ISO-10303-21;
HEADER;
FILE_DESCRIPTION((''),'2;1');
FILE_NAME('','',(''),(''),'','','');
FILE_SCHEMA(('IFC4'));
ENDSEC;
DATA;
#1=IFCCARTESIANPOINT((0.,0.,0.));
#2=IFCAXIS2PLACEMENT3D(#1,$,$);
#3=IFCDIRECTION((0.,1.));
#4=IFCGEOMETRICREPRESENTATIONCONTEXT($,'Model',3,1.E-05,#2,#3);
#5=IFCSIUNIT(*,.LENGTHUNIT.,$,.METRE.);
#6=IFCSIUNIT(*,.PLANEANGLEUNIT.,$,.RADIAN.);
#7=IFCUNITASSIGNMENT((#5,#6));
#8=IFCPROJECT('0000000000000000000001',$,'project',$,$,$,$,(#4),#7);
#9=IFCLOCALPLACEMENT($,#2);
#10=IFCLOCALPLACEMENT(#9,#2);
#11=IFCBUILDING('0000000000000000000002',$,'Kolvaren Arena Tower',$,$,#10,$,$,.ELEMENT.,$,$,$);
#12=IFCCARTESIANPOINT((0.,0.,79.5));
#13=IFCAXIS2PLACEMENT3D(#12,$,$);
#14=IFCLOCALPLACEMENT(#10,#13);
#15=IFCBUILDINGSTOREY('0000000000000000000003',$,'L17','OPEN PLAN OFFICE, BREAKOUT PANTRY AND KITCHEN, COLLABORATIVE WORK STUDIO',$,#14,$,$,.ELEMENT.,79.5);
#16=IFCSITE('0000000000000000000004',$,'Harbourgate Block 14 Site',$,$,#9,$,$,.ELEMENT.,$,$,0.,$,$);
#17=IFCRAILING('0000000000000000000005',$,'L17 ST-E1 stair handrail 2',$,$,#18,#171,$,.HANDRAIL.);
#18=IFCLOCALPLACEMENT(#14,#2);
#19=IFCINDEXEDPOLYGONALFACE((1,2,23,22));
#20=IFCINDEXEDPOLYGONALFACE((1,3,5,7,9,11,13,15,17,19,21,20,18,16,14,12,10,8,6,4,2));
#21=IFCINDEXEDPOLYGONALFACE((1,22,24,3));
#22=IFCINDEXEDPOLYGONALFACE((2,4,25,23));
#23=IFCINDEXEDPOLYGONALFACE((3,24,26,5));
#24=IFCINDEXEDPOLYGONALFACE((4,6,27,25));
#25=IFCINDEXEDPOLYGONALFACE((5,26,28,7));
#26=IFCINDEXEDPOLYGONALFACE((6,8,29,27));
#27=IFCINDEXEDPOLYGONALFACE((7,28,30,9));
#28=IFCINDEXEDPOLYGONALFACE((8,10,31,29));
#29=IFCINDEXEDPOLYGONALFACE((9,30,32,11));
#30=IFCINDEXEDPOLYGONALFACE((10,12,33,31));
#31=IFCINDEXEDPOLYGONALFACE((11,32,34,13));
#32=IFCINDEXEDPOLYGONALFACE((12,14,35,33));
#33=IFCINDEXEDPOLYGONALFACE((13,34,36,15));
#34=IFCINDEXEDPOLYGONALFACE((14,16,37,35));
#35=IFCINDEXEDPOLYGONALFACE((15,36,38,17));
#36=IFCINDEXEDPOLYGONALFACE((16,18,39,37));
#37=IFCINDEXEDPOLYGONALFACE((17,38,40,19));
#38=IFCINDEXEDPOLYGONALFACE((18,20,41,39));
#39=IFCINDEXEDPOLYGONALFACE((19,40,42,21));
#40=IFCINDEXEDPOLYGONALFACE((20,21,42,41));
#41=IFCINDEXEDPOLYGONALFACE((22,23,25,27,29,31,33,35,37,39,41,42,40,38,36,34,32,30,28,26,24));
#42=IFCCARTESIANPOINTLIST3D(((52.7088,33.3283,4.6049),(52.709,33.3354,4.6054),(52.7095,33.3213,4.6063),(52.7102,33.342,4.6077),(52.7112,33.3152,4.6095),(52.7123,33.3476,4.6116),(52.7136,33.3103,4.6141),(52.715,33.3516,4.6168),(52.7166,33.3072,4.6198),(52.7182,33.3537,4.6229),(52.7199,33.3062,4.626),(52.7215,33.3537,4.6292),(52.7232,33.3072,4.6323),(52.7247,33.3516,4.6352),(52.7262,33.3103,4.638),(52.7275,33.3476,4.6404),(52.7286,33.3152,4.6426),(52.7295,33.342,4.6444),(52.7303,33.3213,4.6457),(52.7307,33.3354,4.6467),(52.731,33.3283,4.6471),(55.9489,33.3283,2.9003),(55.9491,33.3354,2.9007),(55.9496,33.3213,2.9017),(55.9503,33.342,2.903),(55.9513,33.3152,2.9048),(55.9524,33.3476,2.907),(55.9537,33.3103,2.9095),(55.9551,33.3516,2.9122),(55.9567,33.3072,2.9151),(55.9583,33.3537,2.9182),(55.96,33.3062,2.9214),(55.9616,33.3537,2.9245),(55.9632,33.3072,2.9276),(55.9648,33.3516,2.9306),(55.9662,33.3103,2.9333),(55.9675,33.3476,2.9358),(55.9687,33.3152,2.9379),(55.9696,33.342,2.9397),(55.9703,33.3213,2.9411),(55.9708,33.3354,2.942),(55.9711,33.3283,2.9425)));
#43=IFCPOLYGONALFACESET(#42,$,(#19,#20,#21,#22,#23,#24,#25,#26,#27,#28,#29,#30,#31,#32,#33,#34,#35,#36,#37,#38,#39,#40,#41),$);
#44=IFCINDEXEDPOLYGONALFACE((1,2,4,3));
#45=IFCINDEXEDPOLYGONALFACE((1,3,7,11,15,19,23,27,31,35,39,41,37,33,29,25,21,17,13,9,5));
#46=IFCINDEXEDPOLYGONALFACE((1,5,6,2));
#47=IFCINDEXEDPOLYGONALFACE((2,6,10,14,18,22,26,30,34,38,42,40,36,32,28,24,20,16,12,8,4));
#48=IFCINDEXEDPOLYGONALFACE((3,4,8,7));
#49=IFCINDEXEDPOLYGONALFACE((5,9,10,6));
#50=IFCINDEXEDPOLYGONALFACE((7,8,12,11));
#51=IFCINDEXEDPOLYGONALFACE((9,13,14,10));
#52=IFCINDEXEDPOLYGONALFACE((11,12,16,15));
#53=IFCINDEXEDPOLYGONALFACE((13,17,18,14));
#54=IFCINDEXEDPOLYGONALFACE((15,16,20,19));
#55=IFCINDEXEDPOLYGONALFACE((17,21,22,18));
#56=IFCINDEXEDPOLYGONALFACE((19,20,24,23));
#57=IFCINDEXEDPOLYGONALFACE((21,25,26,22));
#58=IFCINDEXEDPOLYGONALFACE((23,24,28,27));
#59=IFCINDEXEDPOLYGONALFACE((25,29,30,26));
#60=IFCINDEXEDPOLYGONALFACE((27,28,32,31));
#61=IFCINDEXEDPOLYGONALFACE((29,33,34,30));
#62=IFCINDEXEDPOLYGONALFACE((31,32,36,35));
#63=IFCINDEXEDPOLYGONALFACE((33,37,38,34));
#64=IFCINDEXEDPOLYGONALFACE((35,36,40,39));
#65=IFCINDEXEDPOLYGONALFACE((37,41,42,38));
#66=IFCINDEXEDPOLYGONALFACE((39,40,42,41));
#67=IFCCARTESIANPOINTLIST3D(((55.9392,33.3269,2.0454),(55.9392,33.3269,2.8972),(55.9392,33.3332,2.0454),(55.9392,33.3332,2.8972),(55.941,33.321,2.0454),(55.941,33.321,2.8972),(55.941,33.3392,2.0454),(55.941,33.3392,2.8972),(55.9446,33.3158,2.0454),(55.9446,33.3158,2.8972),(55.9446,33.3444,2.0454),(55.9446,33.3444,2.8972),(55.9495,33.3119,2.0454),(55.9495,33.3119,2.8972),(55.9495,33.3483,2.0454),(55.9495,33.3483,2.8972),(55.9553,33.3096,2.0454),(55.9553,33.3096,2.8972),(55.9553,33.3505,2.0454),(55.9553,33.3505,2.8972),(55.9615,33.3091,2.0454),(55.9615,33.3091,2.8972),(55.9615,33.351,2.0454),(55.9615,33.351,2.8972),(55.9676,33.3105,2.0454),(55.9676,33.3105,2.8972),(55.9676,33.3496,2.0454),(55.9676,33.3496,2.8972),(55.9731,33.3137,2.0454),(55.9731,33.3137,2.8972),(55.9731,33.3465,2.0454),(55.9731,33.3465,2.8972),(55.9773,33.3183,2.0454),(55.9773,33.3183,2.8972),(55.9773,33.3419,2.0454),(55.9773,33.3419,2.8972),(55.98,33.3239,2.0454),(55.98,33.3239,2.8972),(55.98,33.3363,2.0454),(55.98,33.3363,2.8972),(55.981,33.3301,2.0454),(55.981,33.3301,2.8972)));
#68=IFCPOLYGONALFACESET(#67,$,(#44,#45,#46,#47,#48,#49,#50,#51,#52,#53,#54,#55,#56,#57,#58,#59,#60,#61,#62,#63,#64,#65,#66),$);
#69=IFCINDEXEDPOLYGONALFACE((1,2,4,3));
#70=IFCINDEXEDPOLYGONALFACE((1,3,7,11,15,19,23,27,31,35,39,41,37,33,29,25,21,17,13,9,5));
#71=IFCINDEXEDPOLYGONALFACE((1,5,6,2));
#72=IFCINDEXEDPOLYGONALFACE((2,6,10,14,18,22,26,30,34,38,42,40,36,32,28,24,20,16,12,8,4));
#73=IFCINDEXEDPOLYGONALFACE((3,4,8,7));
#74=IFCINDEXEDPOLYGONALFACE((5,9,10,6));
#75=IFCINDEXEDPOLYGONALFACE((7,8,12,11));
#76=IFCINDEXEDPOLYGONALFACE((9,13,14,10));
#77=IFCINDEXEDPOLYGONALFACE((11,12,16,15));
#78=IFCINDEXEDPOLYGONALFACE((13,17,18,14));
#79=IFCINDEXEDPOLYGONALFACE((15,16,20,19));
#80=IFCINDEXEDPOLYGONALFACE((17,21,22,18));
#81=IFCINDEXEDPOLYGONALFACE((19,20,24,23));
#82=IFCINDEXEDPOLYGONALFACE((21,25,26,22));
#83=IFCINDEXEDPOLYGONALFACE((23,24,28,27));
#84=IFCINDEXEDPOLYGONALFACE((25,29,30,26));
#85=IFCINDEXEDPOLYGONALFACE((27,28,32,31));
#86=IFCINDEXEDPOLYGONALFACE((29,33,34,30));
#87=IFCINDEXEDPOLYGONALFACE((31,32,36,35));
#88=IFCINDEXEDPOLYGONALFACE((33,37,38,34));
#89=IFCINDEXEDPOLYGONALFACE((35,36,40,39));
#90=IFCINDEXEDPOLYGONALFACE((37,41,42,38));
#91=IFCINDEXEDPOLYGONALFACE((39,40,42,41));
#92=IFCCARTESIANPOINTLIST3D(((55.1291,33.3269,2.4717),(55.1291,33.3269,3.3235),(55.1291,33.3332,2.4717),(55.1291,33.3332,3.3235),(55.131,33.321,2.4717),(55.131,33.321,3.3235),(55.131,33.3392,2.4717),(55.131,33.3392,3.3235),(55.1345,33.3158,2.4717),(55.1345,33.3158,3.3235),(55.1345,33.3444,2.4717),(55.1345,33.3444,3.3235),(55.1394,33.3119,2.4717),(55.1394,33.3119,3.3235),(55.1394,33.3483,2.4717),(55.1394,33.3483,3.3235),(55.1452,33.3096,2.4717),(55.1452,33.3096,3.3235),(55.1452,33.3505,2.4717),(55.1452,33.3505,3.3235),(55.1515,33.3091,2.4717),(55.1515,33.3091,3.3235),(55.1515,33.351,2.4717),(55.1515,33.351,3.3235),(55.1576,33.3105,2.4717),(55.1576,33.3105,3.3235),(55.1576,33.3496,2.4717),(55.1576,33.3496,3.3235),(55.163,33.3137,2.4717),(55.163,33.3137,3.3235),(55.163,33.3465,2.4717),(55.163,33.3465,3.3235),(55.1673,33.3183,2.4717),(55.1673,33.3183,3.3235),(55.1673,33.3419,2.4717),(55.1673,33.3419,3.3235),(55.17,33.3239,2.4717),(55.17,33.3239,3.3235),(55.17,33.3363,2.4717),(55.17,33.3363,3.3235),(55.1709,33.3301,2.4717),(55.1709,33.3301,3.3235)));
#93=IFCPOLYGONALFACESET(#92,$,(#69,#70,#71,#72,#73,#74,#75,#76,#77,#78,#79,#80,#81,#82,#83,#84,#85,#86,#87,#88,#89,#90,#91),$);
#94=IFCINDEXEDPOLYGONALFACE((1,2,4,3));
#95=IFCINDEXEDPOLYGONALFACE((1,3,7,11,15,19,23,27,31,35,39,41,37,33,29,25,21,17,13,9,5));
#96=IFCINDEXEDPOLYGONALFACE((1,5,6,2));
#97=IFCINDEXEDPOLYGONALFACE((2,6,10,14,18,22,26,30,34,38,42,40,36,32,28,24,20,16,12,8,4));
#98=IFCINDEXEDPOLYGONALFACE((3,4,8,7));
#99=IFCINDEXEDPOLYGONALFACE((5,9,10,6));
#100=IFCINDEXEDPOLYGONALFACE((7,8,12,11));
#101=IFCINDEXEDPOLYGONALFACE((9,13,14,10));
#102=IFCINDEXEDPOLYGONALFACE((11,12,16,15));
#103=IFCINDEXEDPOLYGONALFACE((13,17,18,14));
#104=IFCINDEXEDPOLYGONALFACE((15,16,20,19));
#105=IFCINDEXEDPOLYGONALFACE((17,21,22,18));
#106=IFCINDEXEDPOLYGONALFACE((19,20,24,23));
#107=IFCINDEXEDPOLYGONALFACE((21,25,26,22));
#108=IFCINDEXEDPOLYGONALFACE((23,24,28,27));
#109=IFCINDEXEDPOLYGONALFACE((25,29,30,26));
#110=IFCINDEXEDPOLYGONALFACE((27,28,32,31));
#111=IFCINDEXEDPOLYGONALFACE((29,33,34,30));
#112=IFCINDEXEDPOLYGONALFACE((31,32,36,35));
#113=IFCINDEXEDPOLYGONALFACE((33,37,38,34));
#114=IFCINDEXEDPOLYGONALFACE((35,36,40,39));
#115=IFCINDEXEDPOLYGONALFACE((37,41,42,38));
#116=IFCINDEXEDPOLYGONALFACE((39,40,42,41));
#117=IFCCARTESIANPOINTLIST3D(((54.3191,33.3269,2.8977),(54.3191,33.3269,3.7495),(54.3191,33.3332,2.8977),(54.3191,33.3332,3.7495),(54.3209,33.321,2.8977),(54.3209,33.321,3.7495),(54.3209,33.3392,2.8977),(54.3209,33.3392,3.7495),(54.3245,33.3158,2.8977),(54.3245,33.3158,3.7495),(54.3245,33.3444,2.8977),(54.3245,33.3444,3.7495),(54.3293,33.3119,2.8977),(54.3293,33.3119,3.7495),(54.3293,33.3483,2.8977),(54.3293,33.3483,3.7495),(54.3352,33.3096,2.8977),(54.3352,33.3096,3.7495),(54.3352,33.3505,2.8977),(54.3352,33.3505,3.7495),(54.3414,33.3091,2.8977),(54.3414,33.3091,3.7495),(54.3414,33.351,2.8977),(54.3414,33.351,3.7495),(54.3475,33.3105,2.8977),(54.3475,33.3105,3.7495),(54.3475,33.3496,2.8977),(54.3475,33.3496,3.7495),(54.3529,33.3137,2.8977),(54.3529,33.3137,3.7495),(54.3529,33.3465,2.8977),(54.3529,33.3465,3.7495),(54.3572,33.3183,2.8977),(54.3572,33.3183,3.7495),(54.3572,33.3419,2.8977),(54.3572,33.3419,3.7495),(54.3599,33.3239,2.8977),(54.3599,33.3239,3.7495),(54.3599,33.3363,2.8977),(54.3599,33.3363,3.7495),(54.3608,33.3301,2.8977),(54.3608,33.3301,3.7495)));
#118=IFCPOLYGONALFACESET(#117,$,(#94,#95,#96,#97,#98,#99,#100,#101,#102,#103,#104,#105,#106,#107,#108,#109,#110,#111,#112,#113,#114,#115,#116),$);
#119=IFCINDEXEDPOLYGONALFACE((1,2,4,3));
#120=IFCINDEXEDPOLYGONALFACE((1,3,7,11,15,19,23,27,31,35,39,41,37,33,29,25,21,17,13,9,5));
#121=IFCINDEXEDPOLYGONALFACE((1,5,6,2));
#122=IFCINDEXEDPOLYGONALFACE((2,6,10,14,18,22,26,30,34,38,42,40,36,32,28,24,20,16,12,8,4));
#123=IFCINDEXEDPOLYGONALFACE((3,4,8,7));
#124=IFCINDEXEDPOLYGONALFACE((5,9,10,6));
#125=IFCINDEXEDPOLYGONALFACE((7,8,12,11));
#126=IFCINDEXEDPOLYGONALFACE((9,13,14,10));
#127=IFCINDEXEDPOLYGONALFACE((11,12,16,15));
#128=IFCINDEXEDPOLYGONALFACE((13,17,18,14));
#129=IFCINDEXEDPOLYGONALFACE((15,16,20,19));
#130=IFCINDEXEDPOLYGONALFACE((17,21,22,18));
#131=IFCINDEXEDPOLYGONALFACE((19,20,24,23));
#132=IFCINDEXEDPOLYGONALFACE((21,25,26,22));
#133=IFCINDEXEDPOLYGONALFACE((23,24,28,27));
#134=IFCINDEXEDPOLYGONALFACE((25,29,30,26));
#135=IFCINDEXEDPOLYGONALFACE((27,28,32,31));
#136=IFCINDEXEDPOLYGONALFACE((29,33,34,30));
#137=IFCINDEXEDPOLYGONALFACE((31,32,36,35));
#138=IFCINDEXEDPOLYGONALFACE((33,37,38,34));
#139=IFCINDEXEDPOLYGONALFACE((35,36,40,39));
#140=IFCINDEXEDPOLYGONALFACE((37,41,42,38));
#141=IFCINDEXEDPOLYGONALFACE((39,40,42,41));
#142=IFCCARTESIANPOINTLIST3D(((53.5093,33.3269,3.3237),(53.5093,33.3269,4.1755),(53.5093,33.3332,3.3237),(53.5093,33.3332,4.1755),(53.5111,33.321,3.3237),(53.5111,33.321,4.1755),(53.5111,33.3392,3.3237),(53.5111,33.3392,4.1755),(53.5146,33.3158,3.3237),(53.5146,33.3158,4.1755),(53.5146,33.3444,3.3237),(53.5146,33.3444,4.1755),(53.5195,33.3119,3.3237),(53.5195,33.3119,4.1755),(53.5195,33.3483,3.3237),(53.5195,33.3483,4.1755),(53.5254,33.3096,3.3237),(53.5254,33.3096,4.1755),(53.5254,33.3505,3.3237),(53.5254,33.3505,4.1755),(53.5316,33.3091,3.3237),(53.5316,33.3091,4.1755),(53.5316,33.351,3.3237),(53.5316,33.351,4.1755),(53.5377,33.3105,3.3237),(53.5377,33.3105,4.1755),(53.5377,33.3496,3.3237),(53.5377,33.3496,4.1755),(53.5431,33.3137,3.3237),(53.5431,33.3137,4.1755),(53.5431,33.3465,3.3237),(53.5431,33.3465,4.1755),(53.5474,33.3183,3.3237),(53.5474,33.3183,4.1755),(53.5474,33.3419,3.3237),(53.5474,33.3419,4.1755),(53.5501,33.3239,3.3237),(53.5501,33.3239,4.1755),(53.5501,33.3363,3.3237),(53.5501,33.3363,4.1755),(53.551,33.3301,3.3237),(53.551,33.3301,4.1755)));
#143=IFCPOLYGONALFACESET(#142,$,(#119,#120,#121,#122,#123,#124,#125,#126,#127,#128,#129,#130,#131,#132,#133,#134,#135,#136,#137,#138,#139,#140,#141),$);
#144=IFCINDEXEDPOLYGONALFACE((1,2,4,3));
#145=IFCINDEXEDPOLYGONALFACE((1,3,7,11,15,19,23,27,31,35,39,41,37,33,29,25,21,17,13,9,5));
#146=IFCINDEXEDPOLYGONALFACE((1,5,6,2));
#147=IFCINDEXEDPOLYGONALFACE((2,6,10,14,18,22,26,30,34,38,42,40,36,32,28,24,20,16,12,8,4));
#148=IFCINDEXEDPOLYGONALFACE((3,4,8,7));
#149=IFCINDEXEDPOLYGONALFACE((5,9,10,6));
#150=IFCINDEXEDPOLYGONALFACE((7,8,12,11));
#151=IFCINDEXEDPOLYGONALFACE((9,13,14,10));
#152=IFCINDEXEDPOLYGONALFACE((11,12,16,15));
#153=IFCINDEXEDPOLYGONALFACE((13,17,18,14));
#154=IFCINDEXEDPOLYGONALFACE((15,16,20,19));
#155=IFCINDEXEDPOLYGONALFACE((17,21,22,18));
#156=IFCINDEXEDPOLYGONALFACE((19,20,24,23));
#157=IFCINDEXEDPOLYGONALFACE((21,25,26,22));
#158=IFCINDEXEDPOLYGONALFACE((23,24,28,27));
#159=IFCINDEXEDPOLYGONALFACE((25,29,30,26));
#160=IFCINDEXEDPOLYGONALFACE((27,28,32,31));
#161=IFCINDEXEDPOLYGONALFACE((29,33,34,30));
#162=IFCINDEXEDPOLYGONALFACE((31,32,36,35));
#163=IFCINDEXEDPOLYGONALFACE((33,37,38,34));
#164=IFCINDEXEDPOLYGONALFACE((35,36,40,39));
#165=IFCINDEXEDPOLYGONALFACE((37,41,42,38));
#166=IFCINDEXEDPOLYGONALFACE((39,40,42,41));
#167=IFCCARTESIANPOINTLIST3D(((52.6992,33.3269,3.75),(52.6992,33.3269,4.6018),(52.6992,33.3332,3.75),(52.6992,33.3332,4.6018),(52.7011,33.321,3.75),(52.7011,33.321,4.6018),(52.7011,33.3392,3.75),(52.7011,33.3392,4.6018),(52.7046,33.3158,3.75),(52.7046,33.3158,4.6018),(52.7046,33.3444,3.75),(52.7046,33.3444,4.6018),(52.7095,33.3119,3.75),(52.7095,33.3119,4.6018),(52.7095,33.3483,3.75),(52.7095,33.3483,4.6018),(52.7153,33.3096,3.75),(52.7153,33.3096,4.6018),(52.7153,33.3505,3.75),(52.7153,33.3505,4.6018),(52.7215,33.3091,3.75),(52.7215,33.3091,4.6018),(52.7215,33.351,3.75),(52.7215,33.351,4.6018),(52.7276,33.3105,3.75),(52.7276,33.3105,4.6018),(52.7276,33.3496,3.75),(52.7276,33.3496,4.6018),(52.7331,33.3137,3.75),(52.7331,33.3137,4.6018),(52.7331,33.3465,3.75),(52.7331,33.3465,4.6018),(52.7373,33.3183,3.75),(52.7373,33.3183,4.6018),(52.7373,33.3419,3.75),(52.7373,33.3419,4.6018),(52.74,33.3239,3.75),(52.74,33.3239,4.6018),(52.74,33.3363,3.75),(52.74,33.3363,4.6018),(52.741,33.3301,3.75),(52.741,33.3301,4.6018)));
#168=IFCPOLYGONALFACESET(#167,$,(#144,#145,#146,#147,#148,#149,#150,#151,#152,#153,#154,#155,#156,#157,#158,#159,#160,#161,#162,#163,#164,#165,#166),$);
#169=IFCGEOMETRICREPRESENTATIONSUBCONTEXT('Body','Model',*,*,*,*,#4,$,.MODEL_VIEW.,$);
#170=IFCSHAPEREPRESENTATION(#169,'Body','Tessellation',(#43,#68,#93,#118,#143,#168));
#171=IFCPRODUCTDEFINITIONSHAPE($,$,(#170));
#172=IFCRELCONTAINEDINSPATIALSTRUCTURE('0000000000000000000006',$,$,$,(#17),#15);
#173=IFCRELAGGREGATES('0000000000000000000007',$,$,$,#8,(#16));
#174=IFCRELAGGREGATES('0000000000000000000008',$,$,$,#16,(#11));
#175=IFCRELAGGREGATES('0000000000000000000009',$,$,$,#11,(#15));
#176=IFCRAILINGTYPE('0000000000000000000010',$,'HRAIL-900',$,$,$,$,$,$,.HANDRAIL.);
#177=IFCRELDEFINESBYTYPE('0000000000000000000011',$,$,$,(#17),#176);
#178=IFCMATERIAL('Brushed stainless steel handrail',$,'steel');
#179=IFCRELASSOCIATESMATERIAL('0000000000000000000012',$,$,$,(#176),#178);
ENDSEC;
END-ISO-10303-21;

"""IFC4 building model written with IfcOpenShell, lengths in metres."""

from ifc_helpers import new_model, si_unit, direction, frame, origin, origin_2d, place, context, subcontext, project, spatial, circle, extrude, material, type_object, element, save


model = new_model("IFC4")

# Units and contexts
model_context = context("Model", 3, precision=1e-05, world=origin(), true_north=direction((0.0, 1.0)))
body_context = subcontext(model_context, "Body", "Model", "MODEL_VIEW")
ifc_project = project(units=[si_unit("LENGTHUNIT", "METRE"), si_unit("PLANEANGLEUNIT", "RADIAN")], contexts=[model_context])

# Site, building, storey
site_placement = place(None, origin())
site = spatial("IfcSite", under=ifc_project, at=site_placement, Name="Harbourgate Block 14 Site", CompositionType="ELEMENT", RefElevation=0.0)
building_placement = place(site_placement, origin())
building = spatial("IfcBuilding", under=site, at=building_placement, Name="Kolvaren Arena Tower", CompositionType="ELEMENT")
storey_placement = place(building_placement, frame((0.0, 0.0, 79.5)))
storey = spatial("IfcBuildingStorey", under=building, at=storey_placement, Name="L17", Description="OPEN PLAN OFFICE, BREAKOUT PANTRY AND KITCHEN, COLLABORATIVE WORK STUDIO", CompositionType="ELEMENT", Elevation=79.5)

# Railing
ifc_material_1 = material(Name="Brushed stainless steel handrail", Category="steel")
railing_type_1 = type_object("IfcRailingType", Name="HRAIL-900", PredefinedType="HANDRAIL", material=ifc_material_1)
railing_1_placement = place(storey_placement, frame((55.96, 33.3301, 2.0454)))
element("IfcRailing", 1, at=railing_1_placement, inside=storey, type_object=railing_type_1, Name="L17 ST-E1 stair handrail 2", PredefinedType="HANDRAIL", context=body_context, shape_type="SweptSolid", body=[
    extrude(circle(Radius=0.0239, at=origin_2d()), frame((0.0, 0.0, 0.876), z_axis=(-0.884993, 0.0, 0.465604), x_axis=(0.0, -1.0, 0.0)), (0.0, 0.0, 1.0), 3.6611),
    extrude(circle(Radius=0.021, at=origin_2d()), origin(), (0.0, 0.0, 1.0), 0.8518),
    extrude(circle(Radius=0.021, at=origin_2d()), frame((-0.8101, 0.0, 0.4263)), (0.0, 0.0, 1.0), 0.8518),
    extrude(circle(Radius=0.021, at=origin_2d()), frame((-1.6201, 0.0, 0.8523)), (0.0, 0.0, 1.0), 0.8518),
    extrude(circle(Radius=0.021, at=origin_2d()), frame((-2.4299, 0.0, 1.2783)), (0.0, 0.0, 1.0), 0.8518),
    extrude(circle(Radius=0.021, at=origin_2d()), frame((-3.24, 0.0, 1.7046)), (0.0, 0.0, 1.0), 0.8518),
])

save(model, "model.ifc")
